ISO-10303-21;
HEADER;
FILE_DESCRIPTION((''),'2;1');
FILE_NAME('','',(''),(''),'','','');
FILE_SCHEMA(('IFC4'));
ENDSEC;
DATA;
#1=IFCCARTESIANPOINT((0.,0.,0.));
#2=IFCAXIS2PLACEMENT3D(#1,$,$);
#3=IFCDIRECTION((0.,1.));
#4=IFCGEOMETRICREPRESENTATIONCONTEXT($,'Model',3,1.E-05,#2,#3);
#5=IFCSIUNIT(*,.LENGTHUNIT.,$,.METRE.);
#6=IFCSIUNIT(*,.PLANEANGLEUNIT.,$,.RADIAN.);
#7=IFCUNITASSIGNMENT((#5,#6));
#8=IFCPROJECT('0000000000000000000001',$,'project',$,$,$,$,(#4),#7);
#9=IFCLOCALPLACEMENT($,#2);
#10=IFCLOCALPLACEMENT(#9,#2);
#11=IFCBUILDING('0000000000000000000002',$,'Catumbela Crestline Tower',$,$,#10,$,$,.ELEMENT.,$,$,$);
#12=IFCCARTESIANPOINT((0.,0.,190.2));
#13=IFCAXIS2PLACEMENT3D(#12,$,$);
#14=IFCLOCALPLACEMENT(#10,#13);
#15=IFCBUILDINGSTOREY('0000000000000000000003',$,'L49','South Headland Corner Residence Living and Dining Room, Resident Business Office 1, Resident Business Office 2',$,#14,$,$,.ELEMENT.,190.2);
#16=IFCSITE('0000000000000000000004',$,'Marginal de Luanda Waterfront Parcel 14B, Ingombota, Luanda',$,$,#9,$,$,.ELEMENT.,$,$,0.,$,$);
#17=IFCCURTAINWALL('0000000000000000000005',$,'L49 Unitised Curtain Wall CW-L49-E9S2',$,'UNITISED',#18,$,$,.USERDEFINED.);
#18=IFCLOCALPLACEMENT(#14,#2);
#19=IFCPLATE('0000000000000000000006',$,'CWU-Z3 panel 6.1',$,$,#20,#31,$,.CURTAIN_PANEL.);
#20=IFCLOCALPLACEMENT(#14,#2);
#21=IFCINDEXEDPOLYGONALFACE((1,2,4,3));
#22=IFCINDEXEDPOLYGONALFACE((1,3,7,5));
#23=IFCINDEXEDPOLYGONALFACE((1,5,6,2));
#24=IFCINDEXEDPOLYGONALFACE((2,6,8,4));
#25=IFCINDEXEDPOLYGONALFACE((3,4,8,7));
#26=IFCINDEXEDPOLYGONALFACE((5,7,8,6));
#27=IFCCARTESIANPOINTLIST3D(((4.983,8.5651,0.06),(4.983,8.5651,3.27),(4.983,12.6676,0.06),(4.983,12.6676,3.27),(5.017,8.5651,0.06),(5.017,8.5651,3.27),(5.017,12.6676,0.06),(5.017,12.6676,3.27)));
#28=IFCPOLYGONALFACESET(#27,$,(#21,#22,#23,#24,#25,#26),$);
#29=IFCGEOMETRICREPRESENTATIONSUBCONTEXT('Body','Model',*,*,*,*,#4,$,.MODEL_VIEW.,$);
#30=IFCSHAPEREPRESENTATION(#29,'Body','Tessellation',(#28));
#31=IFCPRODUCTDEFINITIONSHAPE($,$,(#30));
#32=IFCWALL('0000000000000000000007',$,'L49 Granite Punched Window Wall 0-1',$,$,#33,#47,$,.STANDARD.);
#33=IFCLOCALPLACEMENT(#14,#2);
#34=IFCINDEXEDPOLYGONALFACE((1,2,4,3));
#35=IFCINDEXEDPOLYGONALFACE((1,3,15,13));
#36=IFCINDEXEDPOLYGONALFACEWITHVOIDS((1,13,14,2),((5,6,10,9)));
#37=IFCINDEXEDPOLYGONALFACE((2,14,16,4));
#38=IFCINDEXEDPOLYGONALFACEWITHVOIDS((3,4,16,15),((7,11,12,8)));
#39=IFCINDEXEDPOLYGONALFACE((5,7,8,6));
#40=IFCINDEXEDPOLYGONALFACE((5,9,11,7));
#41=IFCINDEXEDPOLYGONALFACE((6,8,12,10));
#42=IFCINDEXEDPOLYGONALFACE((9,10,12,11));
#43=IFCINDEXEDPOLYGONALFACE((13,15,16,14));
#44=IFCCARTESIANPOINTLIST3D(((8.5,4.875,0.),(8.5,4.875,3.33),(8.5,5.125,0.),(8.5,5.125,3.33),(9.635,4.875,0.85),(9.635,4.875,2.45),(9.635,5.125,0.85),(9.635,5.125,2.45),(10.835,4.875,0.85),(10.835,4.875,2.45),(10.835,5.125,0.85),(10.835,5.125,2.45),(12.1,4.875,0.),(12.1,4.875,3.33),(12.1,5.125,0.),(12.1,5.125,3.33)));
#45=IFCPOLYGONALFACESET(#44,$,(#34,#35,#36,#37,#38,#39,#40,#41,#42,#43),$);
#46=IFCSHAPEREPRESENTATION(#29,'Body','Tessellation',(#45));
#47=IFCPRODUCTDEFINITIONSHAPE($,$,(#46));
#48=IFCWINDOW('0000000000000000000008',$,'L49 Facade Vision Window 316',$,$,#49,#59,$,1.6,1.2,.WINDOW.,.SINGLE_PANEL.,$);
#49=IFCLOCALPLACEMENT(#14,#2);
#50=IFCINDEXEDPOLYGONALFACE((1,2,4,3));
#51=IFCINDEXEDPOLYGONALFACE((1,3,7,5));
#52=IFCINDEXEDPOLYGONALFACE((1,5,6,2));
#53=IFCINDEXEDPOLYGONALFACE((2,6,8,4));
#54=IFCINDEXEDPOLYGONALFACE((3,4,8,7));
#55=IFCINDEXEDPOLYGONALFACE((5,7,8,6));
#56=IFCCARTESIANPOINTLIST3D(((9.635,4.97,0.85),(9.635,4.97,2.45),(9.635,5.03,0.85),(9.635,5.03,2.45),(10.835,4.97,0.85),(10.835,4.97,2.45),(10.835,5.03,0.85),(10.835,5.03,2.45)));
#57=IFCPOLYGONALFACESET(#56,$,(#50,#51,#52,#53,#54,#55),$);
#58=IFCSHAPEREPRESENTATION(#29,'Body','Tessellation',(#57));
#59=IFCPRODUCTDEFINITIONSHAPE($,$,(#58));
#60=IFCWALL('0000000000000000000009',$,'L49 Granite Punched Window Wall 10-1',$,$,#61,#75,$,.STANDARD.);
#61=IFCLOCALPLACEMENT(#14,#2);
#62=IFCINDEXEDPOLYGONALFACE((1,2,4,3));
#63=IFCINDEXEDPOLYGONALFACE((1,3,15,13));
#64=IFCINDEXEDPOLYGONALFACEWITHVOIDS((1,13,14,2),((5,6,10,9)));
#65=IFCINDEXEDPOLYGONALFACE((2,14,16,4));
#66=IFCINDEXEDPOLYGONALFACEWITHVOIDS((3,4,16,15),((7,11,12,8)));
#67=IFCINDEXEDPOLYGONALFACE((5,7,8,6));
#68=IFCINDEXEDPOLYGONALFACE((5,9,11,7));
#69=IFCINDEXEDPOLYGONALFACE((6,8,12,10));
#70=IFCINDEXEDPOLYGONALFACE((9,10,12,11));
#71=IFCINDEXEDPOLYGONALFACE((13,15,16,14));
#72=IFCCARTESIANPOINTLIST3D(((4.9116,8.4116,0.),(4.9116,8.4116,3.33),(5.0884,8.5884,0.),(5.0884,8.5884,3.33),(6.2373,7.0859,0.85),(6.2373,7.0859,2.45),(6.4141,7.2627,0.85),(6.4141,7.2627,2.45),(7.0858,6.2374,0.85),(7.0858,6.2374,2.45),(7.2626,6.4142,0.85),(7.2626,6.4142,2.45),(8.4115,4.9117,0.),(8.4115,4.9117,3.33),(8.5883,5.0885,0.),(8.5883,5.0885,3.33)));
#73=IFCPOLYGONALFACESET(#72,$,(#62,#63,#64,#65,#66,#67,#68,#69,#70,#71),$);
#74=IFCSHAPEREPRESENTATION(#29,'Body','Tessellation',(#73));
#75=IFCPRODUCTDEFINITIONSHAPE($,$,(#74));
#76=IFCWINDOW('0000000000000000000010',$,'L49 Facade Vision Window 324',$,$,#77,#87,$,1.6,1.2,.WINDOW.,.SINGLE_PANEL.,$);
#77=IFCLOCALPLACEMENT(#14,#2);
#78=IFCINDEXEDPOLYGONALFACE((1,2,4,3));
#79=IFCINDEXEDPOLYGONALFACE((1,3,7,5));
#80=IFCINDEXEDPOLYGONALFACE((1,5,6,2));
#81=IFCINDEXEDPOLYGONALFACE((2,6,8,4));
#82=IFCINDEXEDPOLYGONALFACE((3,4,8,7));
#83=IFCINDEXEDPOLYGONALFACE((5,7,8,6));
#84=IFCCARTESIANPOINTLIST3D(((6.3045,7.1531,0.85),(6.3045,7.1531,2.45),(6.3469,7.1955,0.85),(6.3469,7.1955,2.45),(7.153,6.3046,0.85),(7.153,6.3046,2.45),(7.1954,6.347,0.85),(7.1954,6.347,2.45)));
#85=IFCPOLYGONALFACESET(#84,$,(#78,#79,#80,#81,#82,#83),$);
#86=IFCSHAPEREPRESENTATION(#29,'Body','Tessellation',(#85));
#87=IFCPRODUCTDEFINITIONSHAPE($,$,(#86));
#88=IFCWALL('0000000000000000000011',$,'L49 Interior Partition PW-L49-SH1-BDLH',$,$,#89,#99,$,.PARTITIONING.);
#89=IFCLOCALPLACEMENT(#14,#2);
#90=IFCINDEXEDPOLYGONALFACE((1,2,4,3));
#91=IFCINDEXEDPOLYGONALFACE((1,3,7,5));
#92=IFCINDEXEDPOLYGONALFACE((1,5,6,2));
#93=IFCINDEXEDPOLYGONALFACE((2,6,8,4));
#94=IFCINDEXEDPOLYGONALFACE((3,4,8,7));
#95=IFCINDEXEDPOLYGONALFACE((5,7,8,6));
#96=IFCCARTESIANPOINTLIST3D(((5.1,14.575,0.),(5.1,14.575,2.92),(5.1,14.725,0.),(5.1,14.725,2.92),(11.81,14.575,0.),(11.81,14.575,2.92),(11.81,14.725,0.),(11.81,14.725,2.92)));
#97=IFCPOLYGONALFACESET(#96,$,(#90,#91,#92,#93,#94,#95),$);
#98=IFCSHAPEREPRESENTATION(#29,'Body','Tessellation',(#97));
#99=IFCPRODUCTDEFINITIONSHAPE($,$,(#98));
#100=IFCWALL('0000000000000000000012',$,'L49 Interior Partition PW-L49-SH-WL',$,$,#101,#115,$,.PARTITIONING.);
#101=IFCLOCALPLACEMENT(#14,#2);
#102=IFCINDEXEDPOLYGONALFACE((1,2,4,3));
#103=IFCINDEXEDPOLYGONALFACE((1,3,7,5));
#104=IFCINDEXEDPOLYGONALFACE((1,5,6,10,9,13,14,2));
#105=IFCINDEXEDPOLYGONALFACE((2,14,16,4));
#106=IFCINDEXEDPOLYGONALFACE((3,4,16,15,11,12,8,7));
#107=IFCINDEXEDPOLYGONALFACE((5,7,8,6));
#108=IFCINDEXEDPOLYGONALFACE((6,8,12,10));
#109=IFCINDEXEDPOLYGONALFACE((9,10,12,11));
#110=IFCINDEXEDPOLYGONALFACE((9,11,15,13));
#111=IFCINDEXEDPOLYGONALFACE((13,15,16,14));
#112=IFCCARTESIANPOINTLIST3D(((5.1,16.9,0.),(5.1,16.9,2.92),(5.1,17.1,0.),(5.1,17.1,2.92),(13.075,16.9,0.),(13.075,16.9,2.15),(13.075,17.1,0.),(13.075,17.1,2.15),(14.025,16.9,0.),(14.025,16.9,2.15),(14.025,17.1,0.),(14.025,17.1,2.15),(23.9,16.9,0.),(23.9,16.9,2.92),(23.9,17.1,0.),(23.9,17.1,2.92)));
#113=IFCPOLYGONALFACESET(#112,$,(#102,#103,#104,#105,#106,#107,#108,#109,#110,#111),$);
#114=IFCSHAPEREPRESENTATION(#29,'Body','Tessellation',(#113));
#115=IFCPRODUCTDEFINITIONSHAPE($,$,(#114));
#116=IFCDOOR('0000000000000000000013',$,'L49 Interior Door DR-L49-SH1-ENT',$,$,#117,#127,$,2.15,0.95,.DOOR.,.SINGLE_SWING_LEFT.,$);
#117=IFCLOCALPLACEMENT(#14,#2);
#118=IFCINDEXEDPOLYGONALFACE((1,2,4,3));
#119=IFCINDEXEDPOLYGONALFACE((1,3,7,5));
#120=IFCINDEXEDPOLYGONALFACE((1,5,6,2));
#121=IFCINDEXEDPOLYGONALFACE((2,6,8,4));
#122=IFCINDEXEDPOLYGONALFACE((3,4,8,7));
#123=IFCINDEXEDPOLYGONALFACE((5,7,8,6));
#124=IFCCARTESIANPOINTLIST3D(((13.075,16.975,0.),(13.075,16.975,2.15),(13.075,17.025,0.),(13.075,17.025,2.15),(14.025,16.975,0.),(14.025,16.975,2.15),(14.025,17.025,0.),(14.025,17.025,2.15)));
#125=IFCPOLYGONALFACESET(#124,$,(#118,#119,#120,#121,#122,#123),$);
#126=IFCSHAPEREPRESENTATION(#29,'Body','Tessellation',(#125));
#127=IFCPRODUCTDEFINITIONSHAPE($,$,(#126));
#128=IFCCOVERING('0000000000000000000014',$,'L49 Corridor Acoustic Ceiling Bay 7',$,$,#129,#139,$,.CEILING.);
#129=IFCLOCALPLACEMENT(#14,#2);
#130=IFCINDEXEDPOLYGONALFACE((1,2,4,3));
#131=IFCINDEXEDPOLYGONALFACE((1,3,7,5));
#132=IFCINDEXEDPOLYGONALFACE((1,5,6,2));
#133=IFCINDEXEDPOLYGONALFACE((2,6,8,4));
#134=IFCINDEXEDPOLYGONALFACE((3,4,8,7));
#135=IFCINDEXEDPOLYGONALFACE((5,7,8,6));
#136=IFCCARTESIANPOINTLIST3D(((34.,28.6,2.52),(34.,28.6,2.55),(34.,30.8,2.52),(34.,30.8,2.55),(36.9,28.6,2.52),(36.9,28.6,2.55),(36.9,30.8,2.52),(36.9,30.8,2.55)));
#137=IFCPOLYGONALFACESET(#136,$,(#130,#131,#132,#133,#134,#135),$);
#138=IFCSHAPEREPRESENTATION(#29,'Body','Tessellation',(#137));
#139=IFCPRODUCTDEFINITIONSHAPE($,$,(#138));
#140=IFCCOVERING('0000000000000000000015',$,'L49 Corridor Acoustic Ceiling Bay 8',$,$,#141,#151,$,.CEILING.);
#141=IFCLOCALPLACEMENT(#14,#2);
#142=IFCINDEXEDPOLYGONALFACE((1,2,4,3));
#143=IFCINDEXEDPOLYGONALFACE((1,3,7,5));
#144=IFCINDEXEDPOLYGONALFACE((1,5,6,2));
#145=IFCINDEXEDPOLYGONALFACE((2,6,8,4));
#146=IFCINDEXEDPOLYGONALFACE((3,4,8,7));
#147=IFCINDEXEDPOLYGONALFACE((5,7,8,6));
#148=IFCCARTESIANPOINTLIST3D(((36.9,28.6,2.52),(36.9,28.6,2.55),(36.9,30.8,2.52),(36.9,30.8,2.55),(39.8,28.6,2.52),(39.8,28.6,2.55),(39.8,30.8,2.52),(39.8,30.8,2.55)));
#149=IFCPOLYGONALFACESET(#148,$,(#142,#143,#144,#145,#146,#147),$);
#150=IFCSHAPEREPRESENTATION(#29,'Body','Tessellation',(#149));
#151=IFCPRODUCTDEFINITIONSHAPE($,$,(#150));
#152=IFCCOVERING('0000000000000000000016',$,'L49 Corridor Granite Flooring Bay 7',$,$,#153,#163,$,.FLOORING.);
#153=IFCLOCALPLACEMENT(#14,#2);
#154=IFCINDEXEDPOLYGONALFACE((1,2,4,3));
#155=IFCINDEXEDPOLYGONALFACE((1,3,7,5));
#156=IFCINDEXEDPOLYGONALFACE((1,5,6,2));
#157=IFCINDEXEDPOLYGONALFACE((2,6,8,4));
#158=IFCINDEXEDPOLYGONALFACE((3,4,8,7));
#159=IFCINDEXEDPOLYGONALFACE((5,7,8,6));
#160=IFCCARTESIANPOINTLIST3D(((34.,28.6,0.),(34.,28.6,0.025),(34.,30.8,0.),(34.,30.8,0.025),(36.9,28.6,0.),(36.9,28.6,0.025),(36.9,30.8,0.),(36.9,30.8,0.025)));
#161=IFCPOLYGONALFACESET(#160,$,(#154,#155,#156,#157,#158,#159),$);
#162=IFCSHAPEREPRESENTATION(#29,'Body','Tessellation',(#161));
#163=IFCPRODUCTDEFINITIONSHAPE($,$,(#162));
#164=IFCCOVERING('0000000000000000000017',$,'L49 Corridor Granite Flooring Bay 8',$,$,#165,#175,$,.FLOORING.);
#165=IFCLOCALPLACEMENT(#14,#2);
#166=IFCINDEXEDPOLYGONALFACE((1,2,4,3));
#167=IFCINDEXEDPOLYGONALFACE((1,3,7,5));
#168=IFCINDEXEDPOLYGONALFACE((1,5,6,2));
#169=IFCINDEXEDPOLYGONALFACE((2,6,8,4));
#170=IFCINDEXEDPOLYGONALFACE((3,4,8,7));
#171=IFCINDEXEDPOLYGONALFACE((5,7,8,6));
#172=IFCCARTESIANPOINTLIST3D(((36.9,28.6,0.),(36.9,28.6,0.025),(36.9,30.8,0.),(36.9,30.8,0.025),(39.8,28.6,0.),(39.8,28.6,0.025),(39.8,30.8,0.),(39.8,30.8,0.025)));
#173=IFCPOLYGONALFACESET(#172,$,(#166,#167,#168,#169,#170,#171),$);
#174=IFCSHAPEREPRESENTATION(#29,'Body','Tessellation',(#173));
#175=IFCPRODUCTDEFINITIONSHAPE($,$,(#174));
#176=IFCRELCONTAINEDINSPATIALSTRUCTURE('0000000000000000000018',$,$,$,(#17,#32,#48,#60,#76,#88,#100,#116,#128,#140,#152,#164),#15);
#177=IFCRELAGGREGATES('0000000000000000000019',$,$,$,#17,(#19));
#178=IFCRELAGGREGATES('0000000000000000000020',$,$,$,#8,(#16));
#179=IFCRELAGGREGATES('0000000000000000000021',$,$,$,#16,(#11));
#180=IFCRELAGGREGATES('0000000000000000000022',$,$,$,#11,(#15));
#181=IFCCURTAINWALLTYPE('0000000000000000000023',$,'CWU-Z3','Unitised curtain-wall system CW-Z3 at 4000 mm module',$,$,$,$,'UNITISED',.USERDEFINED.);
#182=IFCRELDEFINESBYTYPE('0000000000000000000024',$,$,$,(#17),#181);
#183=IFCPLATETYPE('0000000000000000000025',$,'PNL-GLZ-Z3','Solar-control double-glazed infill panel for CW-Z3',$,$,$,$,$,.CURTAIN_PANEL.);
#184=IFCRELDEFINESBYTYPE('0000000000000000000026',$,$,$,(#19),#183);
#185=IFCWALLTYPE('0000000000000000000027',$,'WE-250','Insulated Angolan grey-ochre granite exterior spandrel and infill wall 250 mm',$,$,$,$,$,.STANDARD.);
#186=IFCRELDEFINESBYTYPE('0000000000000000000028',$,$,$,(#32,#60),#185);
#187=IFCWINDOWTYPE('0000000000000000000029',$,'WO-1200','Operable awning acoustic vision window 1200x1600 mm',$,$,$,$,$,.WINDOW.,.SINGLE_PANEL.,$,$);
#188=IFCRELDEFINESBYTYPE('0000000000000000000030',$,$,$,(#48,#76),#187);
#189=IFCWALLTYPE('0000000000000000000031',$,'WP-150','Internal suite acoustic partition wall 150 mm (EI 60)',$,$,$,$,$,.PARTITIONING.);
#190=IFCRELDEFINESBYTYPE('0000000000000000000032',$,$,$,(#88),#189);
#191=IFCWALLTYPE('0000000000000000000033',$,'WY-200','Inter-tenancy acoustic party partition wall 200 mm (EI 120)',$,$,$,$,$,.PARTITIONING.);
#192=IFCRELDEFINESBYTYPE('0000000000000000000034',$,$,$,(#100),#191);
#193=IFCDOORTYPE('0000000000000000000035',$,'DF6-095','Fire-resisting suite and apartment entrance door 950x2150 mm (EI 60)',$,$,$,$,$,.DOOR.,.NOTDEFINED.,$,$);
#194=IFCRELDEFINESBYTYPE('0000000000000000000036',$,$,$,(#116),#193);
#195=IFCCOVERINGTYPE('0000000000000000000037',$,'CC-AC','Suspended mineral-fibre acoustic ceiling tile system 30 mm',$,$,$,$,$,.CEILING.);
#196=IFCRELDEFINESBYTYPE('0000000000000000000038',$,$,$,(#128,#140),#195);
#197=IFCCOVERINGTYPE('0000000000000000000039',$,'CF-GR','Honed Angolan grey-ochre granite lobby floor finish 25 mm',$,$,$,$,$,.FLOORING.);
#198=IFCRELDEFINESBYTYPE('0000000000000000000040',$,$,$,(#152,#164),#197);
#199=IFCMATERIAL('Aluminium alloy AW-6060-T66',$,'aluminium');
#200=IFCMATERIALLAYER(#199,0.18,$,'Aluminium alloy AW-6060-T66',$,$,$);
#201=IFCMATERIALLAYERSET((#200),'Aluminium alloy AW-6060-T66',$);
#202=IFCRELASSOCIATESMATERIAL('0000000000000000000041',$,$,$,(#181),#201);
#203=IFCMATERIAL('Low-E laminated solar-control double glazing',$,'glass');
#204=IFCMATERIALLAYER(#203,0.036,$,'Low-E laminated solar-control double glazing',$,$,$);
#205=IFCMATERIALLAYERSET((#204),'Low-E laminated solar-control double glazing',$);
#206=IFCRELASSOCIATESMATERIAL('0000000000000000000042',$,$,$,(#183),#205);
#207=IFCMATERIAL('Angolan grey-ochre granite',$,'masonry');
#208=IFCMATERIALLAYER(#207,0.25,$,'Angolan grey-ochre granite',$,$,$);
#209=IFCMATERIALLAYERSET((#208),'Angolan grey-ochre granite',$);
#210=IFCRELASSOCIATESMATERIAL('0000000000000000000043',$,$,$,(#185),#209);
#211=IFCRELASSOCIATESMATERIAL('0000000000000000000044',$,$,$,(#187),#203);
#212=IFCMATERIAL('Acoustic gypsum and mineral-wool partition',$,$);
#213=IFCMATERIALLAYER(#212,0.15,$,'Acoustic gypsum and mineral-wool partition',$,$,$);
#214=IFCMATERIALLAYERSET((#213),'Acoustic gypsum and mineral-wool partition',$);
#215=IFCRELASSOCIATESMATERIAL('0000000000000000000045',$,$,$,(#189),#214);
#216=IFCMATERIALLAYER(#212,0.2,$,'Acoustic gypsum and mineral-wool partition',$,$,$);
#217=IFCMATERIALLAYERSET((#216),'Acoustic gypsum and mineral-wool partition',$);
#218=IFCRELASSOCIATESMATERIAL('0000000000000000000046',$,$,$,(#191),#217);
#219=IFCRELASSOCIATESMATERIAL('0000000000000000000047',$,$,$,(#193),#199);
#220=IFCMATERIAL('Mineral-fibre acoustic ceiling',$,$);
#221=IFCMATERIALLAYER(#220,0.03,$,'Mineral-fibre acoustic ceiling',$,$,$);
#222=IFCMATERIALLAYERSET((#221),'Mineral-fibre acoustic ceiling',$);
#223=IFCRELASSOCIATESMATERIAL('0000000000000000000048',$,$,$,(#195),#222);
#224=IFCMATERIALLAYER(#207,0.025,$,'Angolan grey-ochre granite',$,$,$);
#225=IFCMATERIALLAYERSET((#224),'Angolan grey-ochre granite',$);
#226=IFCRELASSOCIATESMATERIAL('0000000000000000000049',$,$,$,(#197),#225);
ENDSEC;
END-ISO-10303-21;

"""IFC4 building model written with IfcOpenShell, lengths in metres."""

from ifc_helpers import new_model, si_unit, direction, frame, frame_2d, origin, origin_2d, place, context, subcontext, project, spatial, polyline, rectangle, outline, extrude, material, layer, layer_set, type_object, element, fill, aggregate, save


model = new_model("IFC4")

# Units and contexts
model_context = context("Model", 3, precision=1e-05, world=origin(), true_north=direction((0.0, 1.0)))
body_context = subcontext(model_context, "Body", "Model", "MODEL_VIEW")
ifc_project = project(units=[si_unit("LENGTHUNIT", "METRE"), si_unit("PLANEANGLEUNIT", "RADIAN")], contexts=[model_context])

# Site, building, storey
site_placement = place(None, origin())
site = spatial("IfcSite", under=ifc_project, at=site_placement, Name="Marginal de Luanda Waterfront Parcel 14B, Ingombota, Luanda", CompositionType="ELEMENT", RefElevation=0.0)
building_placement = place(site_placement, origin())
building = spatial("IfcBuilding", under=site, at=building_placement, Name="Catumbela Crestline Tower", CompositionType="ELEMENT")
storey_placement = place(building_placement, frame((0.0, 0.0, 190.2)))
storey = spatial("IfcBuildingStorey", under=building, at=storey_placement, Name="L49", Description="South Headland Corner Residence Living and Dining Room, Resident Business Office 1, Resident Business Office 2", CompositionType="ELEMENT", Elevation=190.2)

# Curtain wall, plate
ifc_material_1 = material(Name="Aluminium alloy AW-6060-T66", Category="aluminium")
ifc_layer_1 = layer(ifc_material_1, 0.18, Name="Aluminium alloy AW-6060-T66")
ifc_layer_set_1 = layer_set([ifc_layer_1], Name="Aluminium alloy AW-6060-T66")
curtain_wall_type = type_object("IfcCurtainWallType", Name="CWU-Z3", Description="Unitised curtain-wall system CW-Z3 at 4000 mm module", ElementType="UNITISED", PredefinedType="USERDEFINED", material=ifc_layer_set_1)
curtain_wall_placement = place(storey_placement, origin())
curtain_wall = element("IfcCurtainWall", 1, at=curtain_wall_placement, inside=storey, type_object=curtain_wall_type, Name="L49 Unitised Curtain Wall CW-L49-E9S2", ObjectType="UNITISED", PredefinedType="USERDEFINED")
ifc_material_2 = material(Name="Low-E laminated solar-control double glazing", Category="glass")
ifc_layer_2 = layer(ifc_material_2, 0.036, Name="Low-E laminated solar-control double glazing")
ifc_layer_set_2 = layer_set([ifc_layer_2], Name="Low-E laminated solar-control double glazing")
plate_type = type_object("IfcPlateType", Name="PNL-GLZ-Z3", Description="Solar-control double-glazed infill panel for CW-Z3", PredefinedType="CURTAIN_PANEL", material=ifc_layer_set_2)
plate_1_placement = place(storey_placement, frame((5.0, 10.6163, 0.06), z_axis=(0.0, 0.0, 1.0), x_axis=(0.0, -1.0, 0.0)))
plate_1 = element("IfcPlate", 2, at=plate_1_placement, type_object=plate_type, Name="CWU-Z3 panel 6.1", PredefinedType="CURTAIN_PANEL", context=body_context, shape_type="SweptSolid", body=[
    extrude(rectangle(XDim=4.1025, YDim=0.034, at=origin_2d()), origin(), (0.0, 0.0, 1.0), 3.21),
])
aggregate(curtain_wall, [plate_1])

# Walls, openings, windows
ifc_material_3 = material(Name="Angolan grey-ochre granite", Category="masonry")
ifc_layer_3 = layer(ifc_material_3, 0.25, Name="Angolan grey-ochre granite")
ifc_layer_set_3 = layer_set([ifc_layer_3], Name="Angolan grey-ochre granite")
wall_type_1 = type_object("IfcWallType", Name="WE-250", Description="Insulated Angolan grey-ochre granite exterior spandrel and infill wall 250 mm", PredefinedType="STANDARD", material=ifc_layer_set_3)
wall_1_placement = place(storey_placement, frame((8.5, 5.0, 0.0), z_axis=(0.0, 0.0, 1.0), x_axis=(1.0, 0.0, 0.0)))
wall_1 = element("IfcWall", 3, at=wall_1_placement, inside=storey, type_object=wall_type_1, Name="L49 Granite Punched Window Wall 0-1", PredefinedType="STANDARD", context=body_context, shape_type="SweptSolid", body=[
    extrude(rectangle(XDim=3.6, YDim=0.25, at=frame_2d((1.8, 0.0))), origin(), (0.0, 0.0, 1.0), 3.33),
])
opening_1_placement = place(wall_1_placement, frame((1.135, 0.0, 0.85)))
opening_1 = element("IfcOpeningElement", 4, at=opening_1_placement, cuts=wall_1, PredefinedType="OPENING", context=body_context, shape_type="SweptSolid", body=[
    extrude(rectangle(XDim=1.2, YDim=1.6, at=frame_2d((0.6, 0.8))), frame((0.0, 0.135, 0.0), z_axis=(0.0, -1.0, 0.0), x_axis=(1.0, 0.0, 0.0)), (0.0, 0.0, 1.0), 0.27),
])
window_type = type_object("IfcWindowType", Name="WO-1200", Description="Operable awning acoustic vision window 1200x1600 mm", PartitioningType="SINGLE_PANEL", PredefinedType="WINDOW", material=ifc_material_2)
window_1_placement = place(opening_1_placement, origin())
window_1 = element("IfcWindow", 5, at=window_1_placement, inside=storey, type_object=window_type, Name="L49 Facade Vision Window 316", OverallHeight=1.6, OverallWidth=1.2, PartitioningType="SINGLE_PANEL", PredefinedType="WINDOW", context=body_context, shape_type="SweptSolid", body=[
    extrude(rectangle(XDim=1.2, YDim=1.6, at=frame_2d((0.6, 0.8))), frame((0.0, 0.03, 0.0), z_axis=(0.0, -1.0, 0.0), x_axis=(1.0, 0.0, 0.0)), (0.0, 0.0, 1.0), 0.06),
])
fill(opening_1, window_1)
wall_2_placement = place(storey_placement, frame((5.0, 8.5, 0.0), z_axis=(0.0, 0.0, 1.0), x_axis=(0.707107, -0.707107, 0.0)))
wall_2 = element("IfcWall", 6, at=wall_2_placement, inside=storey, type_object=wall_type_1, Name="L49 Granite Punched Window Wall 10-1", PredefinedType="STANDARD", context=body_context, shape_type="SweptSolid", body=[
    extrude(rectangle(XDim=4.9497, YDim=0.25, at=frame_2d((2.4748, 0.0))), origin(), (0.0, 0.0, 1.0), 3.33),
])
opening_2_placement = place(wall_2_placement, frame((1.8748, 0.0, 0.85)))
opening_2 = element("IfcOpeningElement", 7, at=opening_2_placement, cuts=wall_2, PredefinedType="OPENING", context=body_context, shape_type="SweptSolid", body=[
    extrude(rectangle(XDim=1.2, YDim=1.6, at=frame_2d((0.6, 0.8))), frame((0.0, 0.135, 0.0), z_axis=(0.0, -1.0, 0.0), x_axis=(1.0, 0.0, 0.0)), (0.0, 0.0, 1.0), 0.27),
])
window_2_placement = place(opening_2_placement, origin())
window_2 = element("IfcWindow", 8, at=window_2_placement, inside=storey, type_object=window_type, Name="L49 Facade Vision Window 324", OverallHeight=1.6, OverallWidth=1.2, PartitioningType="SINGLE_PANEL", PredefinedType="WINDOW", context=body_context, shape_type="SweptSolid", body=[
    extrude(rectangle(XDim=1.2, YDim=1.6, at=frame_2d((0.6, 0.8))), frame((0.0, 0.03, 0.0), z_axis=(0.0, -1.0, 0.0), x_axis=(1.0, 0.0, 0.0)), (0.0, 0.0, 1.0), 0.06),
])
fill(opening_2, window_2)

# Wall
ifc_material_4 = material(Name="Acoustic gypsum and mineral-wool partition")
ifc_layer_4 = layer(ifc_material_4, 0.15, Name="Acoustic gypsum and mineral-wool partition")
ifc_layer_set_4 = layer_set([ifc_layer_4], Name="Acoustic gypsum and mineral-wool partition")
wall_type_2 = type_object("IfcWallType", Name="WP-150", Description="Internal suite acoustic partition wall 150 mm (EI 60)", PredefinedType="PARTITIONING", material=ifc_layer_set_4)
wall_3_placement = place(storey_placement, frame((5.1, 14.65, 0.0), z_axis=(0.0, 0.0, 1.0), x_axis=(1.0, 0.0, 0.0)))
element("IfcWall", 9, at=wall_3_placement, inside=storey, type_object=wall_type_2, Name="L49 Interior Partition PW-L49-SH1-BDLH", PredefinedType="PARTITIONING", context=body_context, shape_type="SweptSolid", body=[
    extrude(rectangle(XDim=6.71, YDim=0.15, at=frame_2d((3.355, 0.0))), origin(), (0.0, 0.0, 1.0), 2.92),
])

# Wall, opening, door
ifc_layer_5 = layer(ifc_material_4, 0.2, Name="Acoustic gypsum and mineral-wool partition")
ifc_layer_set_5 = layer_set([ifc_layer_5], Name="Acoustic gypsum and mineral-wool partition")
wall_type_3 = type_object("IfcWallType", Name="WY-200", Description="Inter-tenancy acoustic party partition wall 200 mm (EI 120)", PredefinedType="PARTITIONING", material=ifc_layer_set_5)
wall_4_placement = place(storey_placement, frame((5.1, 17.0, 0.0), z_axis=(0.0, 0.0, 1.0), x_axis=(1.0, 0.0, 0.0)))
wall_4 = element("IfcWall", 10, at=wall_4_placement, inside=storey, type_object=wall_type_3, Name="L49 Interior Partition PW-L49-SH-WL", PredefinedType="PARTITIONING", context=body_context, shape_type="SweptSolid", body=[
    extrude(rectangle(XDim=18.8, YDim=0.2, at=frame_2d((9.4, 0.0))), origin(), (0.0, 0.0, 1.0), 2.92),
])
opening_3_placement = place(wall_4_placement, frame((7.975, 0.0, 0.0)))
opening_3 = element("IfcOpeningElement", 11, at=opening_3_placement, cuts=wall_4, PredefinedType="OPENING", context=body_context, shape_type="SweptSolid", body=[
    extrude(rectangle(XDim=0.95, YDim=2.15, at=frame_2d((0.475, 1.075))), frame((0.0, 0.11, 0.0), z_axis=(0.0, -1.0, 0.0), x_axis=(1.0, 0.0, 0.0)), (0.0, 0.0, 1.0), 0.22),
])
door_type = type_object("IfcDoorType", Name="DF6-095", Description="Fire-resisting suite and apartment entrance door 950x2150 mm (EI 60)", OperationType="NOTDEFINED", PredefinedType="DOOR", material=ifc_material_1)
door_placement = place(opening_3_placement, origin())
door = element("IfcDoor", 12, at=door_placement, inside=storey, type_object=door_type, Name="L49 Interior Door DR-L49-SH1-ENT", OperationType="SINGLE_SWING_LEFT", OverallHeight=2.15, OverallWidth=0.95, PredefinedType="DOOR", context=body_context, shape_type="SweptSolid", body=[
    extrude(rectangle(XDim=0.95, YDim=2.15, at=frame_2d((0.475, 1.075))), frame((0.0, 0.025, 0.0), z_axis=(0.0, -1.0, 0.0), x_axis=(1.0, 0.0, 0.0)), (0.0, 0.0, 1.0), 0.05),
])
fill(opening_3, door)

# Coverings
ifc_material_5 = material(Name="Mineral-fibre acoustic ceiling")
ifc_layer_6 = layer(ifc_material_5, 0.03, Name="Mineral-fibre acoustic ceiling")
ifc_layer_set_6 = layer_set([ifc_layer_6], Name="Mineral-fibre acoustic ceiling")
covering_type_1 = type_object("IfcCoveringType", Name="CC-AC", Description="Suspended mineral-fibre acoustic ceiling tile system 30 mm", PredefinedType="CEILING", material=ifc_layer_set_6)
covering_1_placement = place(storey_placement, frame((0.0, 0.0, 2.52)))
element("IfcCovering", 13, at=covering_1_placement, inside=storey, type_object=covering_type_1, Name="L49 Corridor Acoustic Ceiling Bay 7", PredefinedType="CEILING", context=body_context, shape_type="SweptSolid", body=[
    extrude(outline(polyline([(34.0, 28.6), (36.9, 28.6), (36.9, 30.8), (34.0, 30.8), (34.0, 28.6)])), origin(), (0.0, 0.0, 1.0), 0.03),
])
covering_2_placement = place(storey_placement, frame((0.0, 0.0, 2.52)))
element("IfcCovering", 14, at=covering_2_placement, inside=storey, type_object=covering_type_1, Name="L49 Corridor Acoustic Ceiling Bay 8", PredefinedType="CEILING", context=body_context, shape_type="SweptSolid", body=[
    extrude(outline(polyline([(36.9, 28.6), (39.8, 28.6), (39.8, 30.8), (36.9, 30.8), (36.9, 28.6)])), origin(), (0.0, 0.0, 1.0), 0.03),
])
ifc_layer_7 = layer(ifc_material_3, 0.025, Name="Angolan grey-ochre granite")
ifc_layer_set_7 = layer_set([ifc_layer_7], Name="Angolan grey-ochre granite")
covering_type_2 = type_object("IfcCoveringType", Name="CF-GR", Description="Honed Angolan grey-ochre granite lobby floor finish 25 mm", PredefinedType="FLOORING", material=ifc_layer_set_7)
covering_3_placement = place(storey_placement, origin())
element("IfcCovering", 15, at=covering_3_placement, inside=storey, type_object=covering_type_2, Name="L49 Corridor Granite Flooring Bay 7", PredefinedType="FLOORING", context=body_context, shape_type="SweptSolid", body=[
    extrude(outline(polyline([(34.0, 28.6), (36.9, 28.6), (36.9, 30.8), (34.0, 30.8), (34.0, 28.6)])), origin(), (0.0, 0.0, 1.0), 0.025),
])
covering_4_placement = place(storey_placement, origin())
element("IfcCovering", 16, at=covering_4_placement, inside=storey, type_object=covering_type_2, Name="L49 Corridor Granite Flooring Bay 8", PredefinedType="FLOORING", context=body_context, shape_type="SweptSolid", body=[
    extrude(outline(polyline([(36.9, 28.6), (39.8, 28.6), (39.8, 30.8), (36.9, 30.8), (36.9, 28.6)])), origin(), (0.0, 0.0, 1.0), 0.025),
])

save(model, "model.ifc")
